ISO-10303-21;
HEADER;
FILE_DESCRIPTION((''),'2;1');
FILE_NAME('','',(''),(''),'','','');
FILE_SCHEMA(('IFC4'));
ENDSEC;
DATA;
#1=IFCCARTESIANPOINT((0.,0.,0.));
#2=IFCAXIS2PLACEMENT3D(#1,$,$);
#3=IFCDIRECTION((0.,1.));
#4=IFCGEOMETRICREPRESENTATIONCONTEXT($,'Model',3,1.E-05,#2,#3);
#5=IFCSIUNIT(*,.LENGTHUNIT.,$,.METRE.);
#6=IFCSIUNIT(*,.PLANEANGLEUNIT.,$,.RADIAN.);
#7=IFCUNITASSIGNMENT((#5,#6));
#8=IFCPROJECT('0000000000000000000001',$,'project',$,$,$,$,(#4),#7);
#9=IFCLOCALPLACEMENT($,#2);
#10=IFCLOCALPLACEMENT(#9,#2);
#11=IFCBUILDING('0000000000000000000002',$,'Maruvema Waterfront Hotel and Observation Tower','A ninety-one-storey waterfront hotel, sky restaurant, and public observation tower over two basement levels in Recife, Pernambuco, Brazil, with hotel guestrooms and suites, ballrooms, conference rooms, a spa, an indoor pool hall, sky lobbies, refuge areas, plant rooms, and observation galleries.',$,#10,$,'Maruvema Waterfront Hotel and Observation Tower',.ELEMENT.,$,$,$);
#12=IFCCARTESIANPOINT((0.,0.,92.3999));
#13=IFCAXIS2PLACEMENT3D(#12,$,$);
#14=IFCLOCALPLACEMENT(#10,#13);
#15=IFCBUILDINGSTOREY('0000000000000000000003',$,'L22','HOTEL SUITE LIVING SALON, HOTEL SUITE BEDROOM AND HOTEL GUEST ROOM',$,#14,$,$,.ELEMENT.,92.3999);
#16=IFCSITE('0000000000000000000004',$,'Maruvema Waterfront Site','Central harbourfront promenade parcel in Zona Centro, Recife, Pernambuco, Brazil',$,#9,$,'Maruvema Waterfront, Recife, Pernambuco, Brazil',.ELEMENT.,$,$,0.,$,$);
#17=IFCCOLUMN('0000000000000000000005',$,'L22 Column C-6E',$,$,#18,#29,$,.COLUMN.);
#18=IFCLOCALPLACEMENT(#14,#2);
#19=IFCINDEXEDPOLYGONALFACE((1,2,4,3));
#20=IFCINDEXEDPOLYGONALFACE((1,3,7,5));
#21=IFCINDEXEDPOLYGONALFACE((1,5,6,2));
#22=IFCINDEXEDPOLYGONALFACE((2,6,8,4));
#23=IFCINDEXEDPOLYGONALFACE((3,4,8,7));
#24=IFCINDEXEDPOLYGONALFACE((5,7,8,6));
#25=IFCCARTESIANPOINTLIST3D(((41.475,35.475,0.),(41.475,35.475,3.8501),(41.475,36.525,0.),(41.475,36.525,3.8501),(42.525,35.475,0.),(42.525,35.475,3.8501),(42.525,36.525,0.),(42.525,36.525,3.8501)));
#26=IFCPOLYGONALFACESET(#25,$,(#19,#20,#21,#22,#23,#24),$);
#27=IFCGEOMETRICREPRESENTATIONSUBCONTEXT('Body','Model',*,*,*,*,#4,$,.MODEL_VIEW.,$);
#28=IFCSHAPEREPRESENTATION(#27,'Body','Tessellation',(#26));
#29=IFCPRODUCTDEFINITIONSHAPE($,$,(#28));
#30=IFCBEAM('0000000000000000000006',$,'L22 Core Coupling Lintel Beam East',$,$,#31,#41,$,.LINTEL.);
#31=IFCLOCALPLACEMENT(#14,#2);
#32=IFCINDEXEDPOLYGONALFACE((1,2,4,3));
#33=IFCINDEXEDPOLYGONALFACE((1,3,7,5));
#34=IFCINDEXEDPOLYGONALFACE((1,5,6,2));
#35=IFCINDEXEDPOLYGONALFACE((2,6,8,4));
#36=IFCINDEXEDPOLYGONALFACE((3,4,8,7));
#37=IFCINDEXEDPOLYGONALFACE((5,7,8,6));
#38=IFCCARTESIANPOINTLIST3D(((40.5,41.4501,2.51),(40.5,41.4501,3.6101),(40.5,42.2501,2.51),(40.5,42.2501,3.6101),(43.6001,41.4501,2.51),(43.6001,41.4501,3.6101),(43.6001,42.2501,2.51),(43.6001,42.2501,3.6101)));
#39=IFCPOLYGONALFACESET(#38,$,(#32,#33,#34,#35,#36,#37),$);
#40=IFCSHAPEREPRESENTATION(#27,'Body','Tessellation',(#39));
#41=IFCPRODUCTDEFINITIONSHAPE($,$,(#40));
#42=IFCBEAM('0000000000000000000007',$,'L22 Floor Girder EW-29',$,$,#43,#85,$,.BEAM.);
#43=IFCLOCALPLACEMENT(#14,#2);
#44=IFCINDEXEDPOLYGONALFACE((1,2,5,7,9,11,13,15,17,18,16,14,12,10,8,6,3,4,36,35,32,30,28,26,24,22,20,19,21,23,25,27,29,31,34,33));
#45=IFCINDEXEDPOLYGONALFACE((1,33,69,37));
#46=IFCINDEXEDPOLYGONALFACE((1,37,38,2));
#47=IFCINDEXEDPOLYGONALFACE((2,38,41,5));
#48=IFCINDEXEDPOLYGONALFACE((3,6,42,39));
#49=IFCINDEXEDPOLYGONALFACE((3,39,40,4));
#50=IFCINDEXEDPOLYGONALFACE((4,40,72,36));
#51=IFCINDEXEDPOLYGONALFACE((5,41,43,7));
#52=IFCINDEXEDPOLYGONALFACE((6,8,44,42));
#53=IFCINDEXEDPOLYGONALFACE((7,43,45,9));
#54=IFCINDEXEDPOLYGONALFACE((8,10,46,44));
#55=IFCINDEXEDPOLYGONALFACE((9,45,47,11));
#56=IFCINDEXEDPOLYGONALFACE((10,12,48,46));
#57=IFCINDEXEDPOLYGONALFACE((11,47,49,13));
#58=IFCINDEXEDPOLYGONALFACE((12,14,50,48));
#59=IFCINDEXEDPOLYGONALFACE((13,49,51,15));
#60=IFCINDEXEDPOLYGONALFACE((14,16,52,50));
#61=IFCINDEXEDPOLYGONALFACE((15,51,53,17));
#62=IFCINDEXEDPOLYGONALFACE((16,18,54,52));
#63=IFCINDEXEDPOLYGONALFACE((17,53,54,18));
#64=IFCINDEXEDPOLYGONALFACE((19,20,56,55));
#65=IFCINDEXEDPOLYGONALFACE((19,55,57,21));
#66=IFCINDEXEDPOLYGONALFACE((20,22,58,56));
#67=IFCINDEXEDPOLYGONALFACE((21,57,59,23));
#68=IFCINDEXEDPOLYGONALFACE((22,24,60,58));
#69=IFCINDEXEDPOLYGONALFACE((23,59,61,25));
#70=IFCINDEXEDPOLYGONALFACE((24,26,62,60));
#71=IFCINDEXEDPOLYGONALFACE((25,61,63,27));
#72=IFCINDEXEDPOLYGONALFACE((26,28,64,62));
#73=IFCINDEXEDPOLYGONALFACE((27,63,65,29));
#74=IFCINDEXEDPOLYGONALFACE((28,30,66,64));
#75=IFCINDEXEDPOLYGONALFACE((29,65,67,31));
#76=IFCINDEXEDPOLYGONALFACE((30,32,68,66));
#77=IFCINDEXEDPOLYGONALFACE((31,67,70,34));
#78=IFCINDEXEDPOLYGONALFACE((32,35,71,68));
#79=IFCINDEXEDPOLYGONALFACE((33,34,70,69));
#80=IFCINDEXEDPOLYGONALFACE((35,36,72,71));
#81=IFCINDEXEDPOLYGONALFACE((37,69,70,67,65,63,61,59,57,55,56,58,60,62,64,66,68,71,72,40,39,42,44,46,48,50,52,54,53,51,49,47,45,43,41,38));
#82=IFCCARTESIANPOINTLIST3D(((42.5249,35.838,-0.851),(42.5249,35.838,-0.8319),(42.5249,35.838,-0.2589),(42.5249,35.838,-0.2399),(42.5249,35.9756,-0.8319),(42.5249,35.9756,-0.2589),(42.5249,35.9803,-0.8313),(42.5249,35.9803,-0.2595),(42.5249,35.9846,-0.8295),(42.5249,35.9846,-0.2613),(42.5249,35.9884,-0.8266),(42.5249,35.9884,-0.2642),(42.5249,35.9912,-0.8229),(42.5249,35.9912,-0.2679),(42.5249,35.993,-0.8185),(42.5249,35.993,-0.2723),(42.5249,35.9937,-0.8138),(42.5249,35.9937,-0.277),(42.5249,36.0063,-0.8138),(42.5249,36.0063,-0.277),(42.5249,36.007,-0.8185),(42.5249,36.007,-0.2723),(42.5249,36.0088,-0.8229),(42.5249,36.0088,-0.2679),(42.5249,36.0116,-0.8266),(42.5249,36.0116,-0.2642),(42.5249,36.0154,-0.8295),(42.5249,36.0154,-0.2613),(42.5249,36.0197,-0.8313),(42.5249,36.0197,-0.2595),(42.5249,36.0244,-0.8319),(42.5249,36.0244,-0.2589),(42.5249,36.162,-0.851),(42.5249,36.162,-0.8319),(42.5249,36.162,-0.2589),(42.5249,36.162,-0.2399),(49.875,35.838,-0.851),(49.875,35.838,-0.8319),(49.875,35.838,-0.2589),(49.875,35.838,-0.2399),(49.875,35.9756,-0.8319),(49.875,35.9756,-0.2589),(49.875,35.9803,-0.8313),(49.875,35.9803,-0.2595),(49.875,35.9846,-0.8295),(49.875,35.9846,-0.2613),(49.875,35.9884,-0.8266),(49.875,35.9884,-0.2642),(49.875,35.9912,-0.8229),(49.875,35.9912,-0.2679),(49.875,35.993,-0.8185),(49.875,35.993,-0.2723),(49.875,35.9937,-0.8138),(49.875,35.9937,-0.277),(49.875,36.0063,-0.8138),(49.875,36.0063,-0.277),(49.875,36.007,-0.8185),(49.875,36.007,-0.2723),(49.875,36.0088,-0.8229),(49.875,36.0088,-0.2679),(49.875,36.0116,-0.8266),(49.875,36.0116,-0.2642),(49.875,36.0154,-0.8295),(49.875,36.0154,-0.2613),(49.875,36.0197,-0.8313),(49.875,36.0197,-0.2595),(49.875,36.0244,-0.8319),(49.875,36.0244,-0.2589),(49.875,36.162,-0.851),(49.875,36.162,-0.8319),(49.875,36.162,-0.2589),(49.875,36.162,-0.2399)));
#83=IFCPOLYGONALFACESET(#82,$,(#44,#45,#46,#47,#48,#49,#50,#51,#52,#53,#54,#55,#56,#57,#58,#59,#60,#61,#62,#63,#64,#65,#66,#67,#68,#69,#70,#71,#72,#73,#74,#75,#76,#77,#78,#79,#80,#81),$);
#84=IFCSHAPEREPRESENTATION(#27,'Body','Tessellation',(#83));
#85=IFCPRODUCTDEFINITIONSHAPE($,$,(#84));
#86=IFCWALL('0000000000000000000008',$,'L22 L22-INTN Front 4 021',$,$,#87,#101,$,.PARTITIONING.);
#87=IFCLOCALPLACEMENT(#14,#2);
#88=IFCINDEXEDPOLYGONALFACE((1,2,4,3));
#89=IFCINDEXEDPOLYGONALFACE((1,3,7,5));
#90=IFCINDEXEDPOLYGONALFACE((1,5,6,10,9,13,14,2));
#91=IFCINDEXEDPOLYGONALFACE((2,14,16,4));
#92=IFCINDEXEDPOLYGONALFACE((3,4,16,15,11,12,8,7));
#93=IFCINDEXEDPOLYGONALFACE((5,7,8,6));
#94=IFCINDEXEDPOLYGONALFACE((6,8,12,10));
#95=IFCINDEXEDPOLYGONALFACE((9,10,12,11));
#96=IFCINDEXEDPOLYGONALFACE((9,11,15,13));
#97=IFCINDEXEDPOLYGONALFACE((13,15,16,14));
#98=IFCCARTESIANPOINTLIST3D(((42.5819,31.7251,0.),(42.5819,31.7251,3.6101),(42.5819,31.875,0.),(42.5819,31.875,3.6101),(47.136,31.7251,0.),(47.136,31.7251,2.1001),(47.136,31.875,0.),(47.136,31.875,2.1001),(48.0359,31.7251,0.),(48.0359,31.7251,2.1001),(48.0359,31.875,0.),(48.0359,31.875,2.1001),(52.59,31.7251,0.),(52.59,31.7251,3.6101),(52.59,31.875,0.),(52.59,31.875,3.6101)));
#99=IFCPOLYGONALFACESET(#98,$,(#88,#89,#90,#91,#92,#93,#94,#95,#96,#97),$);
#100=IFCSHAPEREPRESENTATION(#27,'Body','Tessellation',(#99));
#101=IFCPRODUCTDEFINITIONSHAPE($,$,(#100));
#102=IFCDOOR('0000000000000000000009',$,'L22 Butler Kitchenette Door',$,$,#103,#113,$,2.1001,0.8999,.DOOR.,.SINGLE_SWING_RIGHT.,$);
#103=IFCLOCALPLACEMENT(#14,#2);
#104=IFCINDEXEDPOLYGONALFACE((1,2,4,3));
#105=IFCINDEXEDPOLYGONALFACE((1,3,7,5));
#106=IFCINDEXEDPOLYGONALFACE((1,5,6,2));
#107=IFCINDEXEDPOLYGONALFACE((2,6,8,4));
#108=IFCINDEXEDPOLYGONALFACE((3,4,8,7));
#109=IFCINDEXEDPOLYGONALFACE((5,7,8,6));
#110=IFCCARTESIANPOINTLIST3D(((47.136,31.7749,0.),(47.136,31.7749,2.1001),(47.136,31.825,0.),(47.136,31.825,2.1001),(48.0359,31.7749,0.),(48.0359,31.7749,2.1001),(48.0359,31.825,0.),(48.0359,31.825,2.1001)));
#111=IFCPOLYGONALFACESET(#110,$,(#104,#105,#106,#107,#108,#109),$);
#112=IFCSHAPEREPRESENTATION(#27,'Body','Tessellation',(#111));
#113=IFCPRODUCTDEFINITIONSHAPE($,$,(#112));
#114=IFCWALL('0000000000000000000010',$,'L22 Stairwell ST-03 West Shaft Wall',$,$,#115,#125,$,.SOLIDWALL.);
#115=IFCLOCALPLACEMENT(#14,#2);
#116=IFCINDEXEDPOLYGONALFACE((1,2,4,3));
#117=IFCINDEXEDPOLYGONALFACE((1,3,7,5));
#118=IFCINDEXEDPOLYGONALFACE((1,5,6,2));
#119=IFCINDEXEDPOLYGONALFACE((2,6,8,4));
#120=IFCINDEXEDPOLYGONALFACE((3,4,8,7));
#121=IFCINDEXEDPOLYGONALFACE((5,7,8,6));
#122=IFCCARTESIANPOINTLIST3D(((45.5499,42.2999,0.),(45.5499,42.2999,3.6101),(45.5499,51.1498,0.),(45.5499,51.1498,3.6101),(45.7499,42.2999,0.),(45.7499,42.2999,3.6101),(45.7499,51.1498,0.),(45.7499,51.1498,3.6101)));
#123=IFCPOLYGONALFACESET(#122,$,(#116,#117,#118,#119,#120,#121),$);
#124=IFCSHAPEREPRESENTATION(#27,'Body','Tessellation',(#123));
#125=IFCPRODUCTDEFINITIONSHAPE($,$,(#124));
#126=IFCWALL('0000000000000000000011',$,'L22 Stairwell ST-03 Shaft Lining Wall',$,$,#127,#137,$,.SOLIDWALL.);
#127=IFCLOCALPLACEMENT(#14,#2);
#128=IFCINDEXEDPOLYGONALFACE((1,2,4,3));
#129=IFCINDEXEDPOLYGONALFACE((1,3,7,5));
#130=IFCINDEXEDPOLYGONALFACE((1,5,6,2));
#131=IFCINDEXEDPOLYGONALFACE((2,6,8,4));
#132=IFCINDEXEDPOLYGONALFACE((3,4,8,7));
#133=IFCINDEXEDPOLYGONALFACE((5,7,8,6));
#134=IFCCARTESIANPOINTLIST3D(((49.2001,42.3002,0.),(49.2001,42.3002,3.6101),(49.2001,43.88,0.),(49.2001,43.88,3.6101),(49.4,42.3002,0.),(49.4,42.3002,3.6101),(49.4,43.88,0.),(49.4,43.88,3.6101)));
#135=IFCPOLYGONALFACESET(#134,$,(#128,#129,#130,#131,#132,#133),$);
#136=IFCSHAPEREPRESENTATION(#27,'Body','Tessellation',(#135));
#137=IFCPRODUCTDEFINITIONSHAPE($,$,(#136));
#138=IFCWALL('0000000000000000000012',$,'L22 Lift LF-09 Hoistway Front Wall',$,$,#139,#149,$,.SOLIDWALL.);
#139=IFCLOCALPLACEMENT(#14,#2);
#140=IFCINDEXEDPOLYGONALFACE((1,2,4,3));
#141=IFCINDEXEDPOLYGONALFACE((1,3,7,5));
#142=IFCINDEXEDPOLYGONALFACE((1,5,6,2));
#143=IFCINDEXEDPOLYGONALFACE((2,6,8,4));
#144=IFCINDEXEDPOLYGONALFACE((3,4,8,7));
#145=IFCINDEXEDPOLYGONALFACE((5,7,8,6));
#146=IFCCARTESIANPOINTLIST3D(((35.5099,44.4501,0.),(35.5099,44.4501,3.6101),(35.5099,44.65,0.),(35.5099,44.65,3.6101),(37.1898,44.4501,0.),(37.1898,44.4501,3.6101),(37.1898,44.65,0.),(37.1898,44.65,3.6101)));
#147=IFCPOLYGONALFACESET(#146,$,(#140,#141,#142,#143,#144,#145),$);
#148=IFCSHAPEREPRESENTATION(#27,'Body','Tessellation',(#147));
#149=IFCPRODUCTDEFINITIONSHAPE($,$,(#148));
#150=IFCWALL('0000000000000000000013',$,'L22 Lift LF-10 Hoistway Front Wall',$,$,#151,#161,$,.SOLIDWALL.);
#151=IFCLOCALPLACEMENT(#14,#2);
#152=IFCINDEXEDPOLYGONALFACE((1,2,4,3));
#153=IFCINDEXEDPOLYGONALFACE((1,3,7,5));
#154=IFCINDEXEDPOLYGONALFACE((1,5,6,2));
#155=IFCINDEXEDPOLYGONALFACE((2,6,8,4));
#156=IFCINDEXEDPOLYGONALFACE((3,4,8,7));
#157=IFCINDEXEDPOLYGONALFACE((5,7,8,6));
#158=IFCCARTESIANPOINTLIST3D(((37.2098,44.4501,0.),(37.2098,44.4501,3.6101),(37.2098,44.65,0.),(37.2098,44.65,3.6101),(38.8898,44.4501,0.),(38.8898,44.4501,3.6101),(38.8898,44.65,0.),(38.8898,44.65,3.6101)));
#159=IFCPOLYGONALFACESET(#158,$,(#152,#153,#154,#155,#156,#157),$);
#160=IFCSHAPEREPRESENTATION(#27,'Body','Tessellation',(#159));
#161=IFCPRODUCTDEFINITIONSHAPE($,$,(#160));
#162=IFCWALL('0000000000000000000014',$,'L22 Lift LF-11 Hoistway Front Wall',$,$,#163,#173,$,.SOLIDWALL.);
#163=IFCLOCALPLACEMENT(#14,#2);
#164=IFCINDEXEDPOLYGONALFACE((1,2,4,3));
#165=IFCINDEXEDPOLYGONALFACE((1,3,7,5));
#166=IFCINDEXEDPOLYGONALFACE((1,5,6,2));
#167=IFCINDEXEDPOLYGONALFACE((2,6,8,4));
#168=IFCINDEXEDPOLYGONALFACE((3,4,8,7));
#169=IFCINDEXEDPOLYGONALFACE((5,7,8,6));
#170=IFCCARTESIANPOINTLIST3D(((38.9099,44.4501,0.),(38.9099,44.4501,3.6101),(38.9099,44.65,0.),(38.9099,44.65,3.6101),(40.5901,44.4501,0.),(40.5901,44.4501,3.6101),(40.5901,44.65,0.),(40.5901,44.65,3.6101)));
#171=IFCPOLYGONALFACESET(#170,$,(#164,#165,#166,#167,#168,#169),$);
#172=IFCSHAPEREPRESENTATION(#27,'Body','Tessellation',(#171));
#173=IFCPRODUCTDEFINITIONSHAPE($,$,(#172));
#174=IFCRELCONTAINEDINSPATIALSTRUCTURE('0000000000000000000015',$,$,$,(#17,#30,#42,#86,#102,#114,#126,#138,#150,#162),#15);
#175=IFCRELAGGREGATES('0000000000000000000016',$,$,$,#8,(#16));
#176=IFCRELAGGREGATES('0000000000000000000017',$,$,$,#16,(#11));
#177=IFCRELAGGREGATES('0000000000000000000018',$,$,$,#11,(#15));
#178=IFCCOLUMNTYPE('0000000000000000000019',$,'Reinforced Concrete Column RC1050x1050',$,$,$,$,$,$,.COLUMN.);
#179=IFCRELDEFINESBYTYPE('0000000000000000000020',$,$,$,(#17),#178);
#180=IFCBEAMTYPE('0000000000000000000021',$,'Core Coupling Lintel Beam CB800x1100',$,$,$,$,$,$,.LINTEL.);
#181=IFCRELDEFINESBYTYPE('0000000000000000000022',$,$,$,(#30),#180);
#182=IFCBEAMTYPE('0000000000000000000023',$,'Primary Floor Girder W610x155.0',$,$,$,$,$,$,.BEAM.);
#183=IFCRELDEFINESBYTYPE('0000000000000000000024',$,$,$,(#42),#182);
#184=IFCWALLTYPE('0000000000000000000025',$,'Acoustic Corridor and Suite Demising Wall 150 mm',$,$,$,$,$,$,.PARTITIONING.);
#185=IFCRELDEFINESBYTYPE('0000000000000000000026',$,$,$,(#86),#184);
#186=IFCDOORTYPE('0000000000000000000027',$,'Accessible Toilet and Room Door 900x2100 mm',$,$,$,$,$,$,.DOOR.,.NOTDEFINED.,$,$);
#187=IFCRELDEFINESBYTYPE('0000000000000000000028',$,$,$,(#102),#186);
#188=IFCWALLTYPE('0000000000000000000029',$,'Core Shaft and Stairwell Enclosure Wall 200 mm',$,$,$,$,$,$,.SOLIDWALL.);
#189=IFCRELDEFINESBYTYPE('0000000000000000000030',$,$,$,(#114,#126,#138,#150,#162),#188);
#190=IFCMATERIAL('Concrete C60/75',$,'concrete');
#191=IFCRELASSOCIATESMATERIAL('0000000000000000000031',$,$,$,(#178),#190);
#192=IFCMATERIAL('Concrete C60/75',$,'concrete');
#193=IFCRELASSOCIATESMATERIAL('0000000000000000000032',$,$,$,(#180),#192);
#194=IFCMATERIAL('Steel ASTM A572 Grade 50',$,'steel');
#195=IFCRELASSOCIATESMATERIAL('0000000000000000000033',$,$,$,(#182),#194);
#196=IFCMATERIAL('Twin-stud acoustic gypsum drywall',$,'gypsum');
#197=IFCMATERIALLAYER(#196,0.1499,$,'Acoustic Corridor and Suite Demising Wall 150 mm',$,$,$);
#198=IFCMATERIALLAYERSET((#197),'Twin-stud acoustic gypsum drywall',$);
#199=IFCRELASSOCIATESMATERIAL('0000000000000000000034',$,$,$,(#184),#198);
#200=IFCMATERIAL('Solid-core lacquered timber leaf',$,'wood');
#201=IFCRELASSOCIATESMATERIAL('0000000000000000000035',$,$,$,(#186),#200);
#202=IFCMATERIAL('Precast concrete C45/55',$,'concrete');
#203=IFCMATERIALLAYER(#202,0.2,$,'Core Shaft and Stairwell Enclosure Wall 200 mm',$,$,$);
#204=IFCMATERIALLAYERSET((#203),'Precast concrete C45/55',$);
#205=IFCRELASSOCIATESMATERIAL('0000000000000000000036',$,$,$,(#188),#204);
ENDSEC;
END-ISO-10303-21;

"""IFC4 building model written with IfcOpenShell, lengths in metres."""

from ifc_helpers import new_model, si_unit, direction, frame, frame_2d, origin, origin_2d, place, context, subcontext, project, spatial, rectangle, i_section, extrude, material, layer, layer_set, material_profile, profile_set, type_object, element, fill, save


model = new_model("IFC4")

# Units and contexts
model_context = context("Model", 3, precision=1e-05, world=origin(), true_north=direction((0.0, 1.0)))
body_context = subcontext(model_context, "Body", "Model", "MODEL_VIEW")
ifc_project = project(units=[si_unit("LENGTHUNIT", "METRE"), si_unit("PLANEANGLEUNIT", "RADIAN")], contexts=[model_context])

# Site, building, storey
site_placement = place(None, origin())
site = spatial("IfcSite", under=ifc_project, at=site_placement, Name="Maruvema Waterfront Site", Description="Central harbourfront promenade parcel in Zona Centro, Recife, Pernambuco, Brazil", LongName="Maruvema Waterfront, Recife, Pernambuco, Brazil", CompositionType="ELEMENT", RefElevation=0.0)
building_placement = place(site_placement, origin())
building = spatial("IfcBuilding", under=site, at=building_placement, Name="Maruvema Waterfront Hotel and Observation Tower", Description="A ninety-one-storey waterfront hotel, sky restaurant, and public observation tower over two basement levels in Recife, Pernambuco, Brazil, with hotel guestrooms and suites, ballrooms, conference rooms, a spa, an indoor pool hall, sky lobbies, refuge areas, plant rooms, and observation galleries.", LongName="Maruvema Waterfront Hotel and Observation Tower", CompositionType="ELEMENT")
storey_placement = place(building_placement, frame((0.0, 0.0, 92.3999)))
storey = spatial("IfcBuildingStorey", under=building, at=storey_placement, Name="L22", Description="HOTEL SUITE LIVING SALON, HOTEL SUITE BEDROOM AND HOTEL GUEST ROOM", CompositionType="ELEMENT", Elevation=92.3999)

# Column
ifc_material_1 = material(Name="Concrete C60/75", Category="concrete")
ifc_material_profile_1 = material_profile(ifc_material_1, rectangle(XDim=1.05, YDim=1.05, at=origin_2d()), Name="RC1050x1050")
ifc_profile_set_1 = profile_set([ifc_material_profile_1], Name="Concrete C60/75")
column_type = type_object("IfcColumnType", Name="Reinforced Concrete Column RC1050x1050", PredefinedType="COLUMN", material=ifc_profile_set_1)
column_placement = place(storey_placement, frame((42.0, 36.0, 0.0), z_axis=(0.0, 0.0, 1.0), x_axis=(1.0, 0.0, 0.0)))
element("IfcColumn", 1, at=column_placement, inside=storey, type_object=column_type, Name="L22 Column C-6E", PredefinedType="COLUMN", context=body_context, shape_type="SweptSolid", body=[
    extrude(rectangle(XDim=1.05, YDim=1.05, at=origin_2d()), origin(), (0.0, 0.0, 1.0), 3.8501),
])

# Beams
ifc_material_2 = material(Name="Concrete C60/75", Category="concrete")
ifc_material_profile_2 = material_profile(ifc_material_2, rectangle(XDim=0.8, YDim=1.1001, at=origin_2d()), Name="CB800x1100")
ifc_profile_set_2 = profile_set([ifc_material_profile_2], Name="Concrete C60/75")
beam_type_1 = type_object("IfcBeamType", Name="Core Coupling Lintel Beam CB800x1100", PredefinedType="LINTEL", material=ifc_profile_set_2)
beam_1_placement = place(storey_placement, frame((40.5, 41.8501, 3.0601), z_axis=(1.0, 0.0, 0.0), x_axis=(0.0, 1.0, 0.0)))
element("IfcBeam", 2, at=beam_1_placement, inside=storey, type_object=beam_type_1, Name="L22 Core Coupling Lintel Beam East", PredefinedType="LINTEL", context=body_context, shape_type="SweptSolid", body=[
    extrude(rectangle(XDim=0.8, YDim=1.1001, at=origin_2d()), origin(), (0.0, 0.0, 1.0), 3.1001),
])
ifc_material_3 = material(Name="Steel ASTM A572 Grade 50", Category="steel")
ifc_material_profile_3 = material_profile(ifc_material_3, i_section(OverallWidth=0.324, OverallDepth=0.6111, WebThickness=0.0127, FlangeThickness=0.019, FilletRadius=0.0181, at=origin_2d()), Name="W610x155.0")
ifc_profile_set_3 = profile_set([ifc_material_profile_3], Name="Steel ASTM A572 Grade 50")
beam_type_2 = type_object("IfcBeamType", Name="Primary Floor Girder W610x155.0", PredefinedType="BEAM", material=ifc_profile_set_3)
beam_2_placement = place(storey_placement, frame((42.5249, 36.0, -0.5454), z_axis=(1.0, 0.0, 0.0), x_axis=(0.0, 1.0, 0.0)))
element("IfcBeam", 3, at=beam_2_placement, inside=storey, type_object=beam_type_2, Name="L22 Floor Girder EW-29", PredefinedType="BEAM", context=body_context, shape_type="SweptSolid", body=[
    extrude(i_section(OverallWidth=0.324, OverallDepth=0.6111, WebThickness=0.0127, FlangeThickness=0.019, FilletRadius=0.0181, at=origin_2d()), origin(), (0.0, 0.0, 1.0), 7.3501),
])

# Wall, opening, door
ifc_material_4 = material(Name="Twin-stud acoustic gypsum drywall", Category="gypsum")
ifc_layer_1 = layer(ifc_material_4, 0.1499, Name="Acoustic Corridor and Suite Demising Wall 150 mm")
ifc_layer_set_1 = layer_set([ifc_layer_1], Name="Twin-stud acoustic gypsum drywall")
wall_type_1 = type_object("IfcWallType", Name="Acoustic Corridor and Suite Demising Wall 150 mm", PredefinedType="PARTITIONING", material=ifc_layer_set_1)
wall_1_placement = place(storey_placement, frame((42.582, 31.8, 0.0), z_axis=(0.0, 0.0, 1.0), x_axis=(1.0, 0.0, 0.0)))
wall_1 = element("IfcWall", 4, at=wall_1_placement, inside=storey, type_object=wall_type_1, Name="L22 L22-INTN Front 4 021", PredefinedType="PARTITIONING", context=body_context, shape_type="SweptSolid", body=[
    extrude(rectangle(XDim=10.0081, YDim=0.1499, at=frame_2d((5.0039, 0.0))), origin(), (0.0, 0.0, 1.0), 3.6101),
])
opening_1_placement = place(wall_1_placement, frame((4.554, 0.0, 0.0)))
opening_1 = element("IfcOpeningElement", 5, at=opening_1_placement, cuts=wall_1, PredefinedType="OPENING", context=body_context, shape_type="SweptSolid", body=[
    extrude(rectangle(XDim=0.8999, YDim=2.1001, at=frame_2d((0.45, 1.05))), frame((0.0, 0.085, 0.0), z_axis=(0.0, -1.0, 0.0), x_axis=(1.0, 0.0, 0.0)), (0.0, 0.0, 1.0), 0.1699),
])
ifc_material_5 = material(Name="Solid-core lacquered timber leaf", Category="wood")
door_type_1 = type_object("IfcDoorType", Name="Accessible Toilet and Room Door 900x2100 mm", OperationType="NOTDEFINED", PredefinedType="DOOR", material=ifc_material_5)
door_1_placement = place(opening_1_placement, origin())
door_1 = element("IfcDoor", 6, at=door_1_placement, inside=storey, type_object=door_type_1, Name="L22 Butler Kitchenette Door", OperationType="SINGLE_SWING_RIGHT", OverallHeight=2.1001, OverallWidth=0.8999, PredefinedType="DOOR", context=body_context, shape_type="SweptSolid", body=[
    extrude(rectangle(XDim=0.8999, YDim=2.1001, at=frame_2d((0.45, 1.05))), frame((0.0, 0.0249, 0.0), z_axis=(0.0, -1.0, 0.0), x_axis=(1.0, 0.0, 0.0)), (0.0, 0.0, 1.0), 0.05),
])
fill(opening_1, door_1)

# Walls
ifc_material_6 = material(Name="Precast concrete C45/55", Category="concrete")
ifc_layer_2 = layer(ifc_material_6, 0.2, Name="Core Shaft and Stairwell Enclosure Wall 200 mm")
ifc_layer_set_2 = layer_set([ifc_layer_2], Name="Precast concrete C45/55")
wall_type_2 = type_object("IfcWallType", Name="Core Shaft and Stairwell Enclosure Wall 200 mm", PredefinedType="SOLIDWALL", material=ifc_layer_set_2)
wall_2_placement = place(storey_placement, frame((45.6499, 42.3, 0.0), z_axis=(0.0, 0.0, 1.0), x_axis=(0.0, 1.0, 0.0)))
element("IfcWall", 7, at=wall_2_placement, inside=storey, type_object=wall_type_2, Name="L22 Stairwell ST-03 West Shaft Wall", PredefinedType="SOLIDWALL", context=body_context, shape_type="SweptSolid", body=[
    extrude(rectangle(XDim=8.8499, YDim=0.2, at=frame_2d((4.4248, 0.0))), origin(), (0.0, 0.0, 1.0), 3.6101),
])
wall_3_placement = place(storey_placement, frame((49.3, 42.3, 0.0), z_axis=(0.0, 0.0, 1.0), x_axis=(0.0, 1.0, 0.0)))
element("IfcWall", 8, at=wall_3_placement, inside=storey, type_object=wall_type_2, Name="L22 Stairwell ST-03 Shaft Lining Wall", PredefinedType="SOLIDWALL", context=body_context, shape_type="SweptSolid", body=[
    extrude(rectangle(XDim=1.5798, YDim=0.2, at=frame_2d((0.79, 0.0))), origin(), (0.0, 0.0, 1.0), 3.6101),
])
for number, where, z_axis, x_axis, name in (
    (9, (35.51, 44.55, 0.0), (0.0, 0.0, 1.0), (1.0, 0.0, 0.0), "L22 Lift LF-09 Hoistway Front Wall"),
    (10, (37.21, 44.55, 0.0), (0.0, 0.0, 1.0), (1.0, 0.0, 0.0), "L22 Lift LF-10 Hoistway Front Wall"),
):
    element("IfcWall", number, at=place(storey_placement, frame(where, z_axis=z_axis, x_axis=x_axis)), inside=storey, type_object=wall_type_2, Name=name, PredefinedType="SOLIDWALL", context=body_context, shape_type="SweptSolid", body=[
        extrude(rectangle(XDim=1.6799, YDim=0.2, at=frame_2d((0.8398, 0.0))), origin(), (0.0, 0.0, 1.0), 3.6101),
    ])
wall_4_placement = place(storey_placement, frame((38.9099, 44.55, 0.0), z_axis=(0.0, 0.0, 1.0), x_axis=(1.0, 0.0, 0.0)))
element("IfcWall", 11, at=wall_4_placement, inside=storey, type_object=wall_type_2, Name="L22 Lift LF-11 Hoistway Front Wall", PredefinedType="SOLIDWALL", context=body_context, shape_type="SweptSolid", body=[
    extrude(rectangle(XDim=1.6802, YDim=0.2, at=frame_2d((0.8401, 0.0))), origin(), (0.0, 0.0, 1.0), 3.6101),
])

save(model, "model.ifc")
